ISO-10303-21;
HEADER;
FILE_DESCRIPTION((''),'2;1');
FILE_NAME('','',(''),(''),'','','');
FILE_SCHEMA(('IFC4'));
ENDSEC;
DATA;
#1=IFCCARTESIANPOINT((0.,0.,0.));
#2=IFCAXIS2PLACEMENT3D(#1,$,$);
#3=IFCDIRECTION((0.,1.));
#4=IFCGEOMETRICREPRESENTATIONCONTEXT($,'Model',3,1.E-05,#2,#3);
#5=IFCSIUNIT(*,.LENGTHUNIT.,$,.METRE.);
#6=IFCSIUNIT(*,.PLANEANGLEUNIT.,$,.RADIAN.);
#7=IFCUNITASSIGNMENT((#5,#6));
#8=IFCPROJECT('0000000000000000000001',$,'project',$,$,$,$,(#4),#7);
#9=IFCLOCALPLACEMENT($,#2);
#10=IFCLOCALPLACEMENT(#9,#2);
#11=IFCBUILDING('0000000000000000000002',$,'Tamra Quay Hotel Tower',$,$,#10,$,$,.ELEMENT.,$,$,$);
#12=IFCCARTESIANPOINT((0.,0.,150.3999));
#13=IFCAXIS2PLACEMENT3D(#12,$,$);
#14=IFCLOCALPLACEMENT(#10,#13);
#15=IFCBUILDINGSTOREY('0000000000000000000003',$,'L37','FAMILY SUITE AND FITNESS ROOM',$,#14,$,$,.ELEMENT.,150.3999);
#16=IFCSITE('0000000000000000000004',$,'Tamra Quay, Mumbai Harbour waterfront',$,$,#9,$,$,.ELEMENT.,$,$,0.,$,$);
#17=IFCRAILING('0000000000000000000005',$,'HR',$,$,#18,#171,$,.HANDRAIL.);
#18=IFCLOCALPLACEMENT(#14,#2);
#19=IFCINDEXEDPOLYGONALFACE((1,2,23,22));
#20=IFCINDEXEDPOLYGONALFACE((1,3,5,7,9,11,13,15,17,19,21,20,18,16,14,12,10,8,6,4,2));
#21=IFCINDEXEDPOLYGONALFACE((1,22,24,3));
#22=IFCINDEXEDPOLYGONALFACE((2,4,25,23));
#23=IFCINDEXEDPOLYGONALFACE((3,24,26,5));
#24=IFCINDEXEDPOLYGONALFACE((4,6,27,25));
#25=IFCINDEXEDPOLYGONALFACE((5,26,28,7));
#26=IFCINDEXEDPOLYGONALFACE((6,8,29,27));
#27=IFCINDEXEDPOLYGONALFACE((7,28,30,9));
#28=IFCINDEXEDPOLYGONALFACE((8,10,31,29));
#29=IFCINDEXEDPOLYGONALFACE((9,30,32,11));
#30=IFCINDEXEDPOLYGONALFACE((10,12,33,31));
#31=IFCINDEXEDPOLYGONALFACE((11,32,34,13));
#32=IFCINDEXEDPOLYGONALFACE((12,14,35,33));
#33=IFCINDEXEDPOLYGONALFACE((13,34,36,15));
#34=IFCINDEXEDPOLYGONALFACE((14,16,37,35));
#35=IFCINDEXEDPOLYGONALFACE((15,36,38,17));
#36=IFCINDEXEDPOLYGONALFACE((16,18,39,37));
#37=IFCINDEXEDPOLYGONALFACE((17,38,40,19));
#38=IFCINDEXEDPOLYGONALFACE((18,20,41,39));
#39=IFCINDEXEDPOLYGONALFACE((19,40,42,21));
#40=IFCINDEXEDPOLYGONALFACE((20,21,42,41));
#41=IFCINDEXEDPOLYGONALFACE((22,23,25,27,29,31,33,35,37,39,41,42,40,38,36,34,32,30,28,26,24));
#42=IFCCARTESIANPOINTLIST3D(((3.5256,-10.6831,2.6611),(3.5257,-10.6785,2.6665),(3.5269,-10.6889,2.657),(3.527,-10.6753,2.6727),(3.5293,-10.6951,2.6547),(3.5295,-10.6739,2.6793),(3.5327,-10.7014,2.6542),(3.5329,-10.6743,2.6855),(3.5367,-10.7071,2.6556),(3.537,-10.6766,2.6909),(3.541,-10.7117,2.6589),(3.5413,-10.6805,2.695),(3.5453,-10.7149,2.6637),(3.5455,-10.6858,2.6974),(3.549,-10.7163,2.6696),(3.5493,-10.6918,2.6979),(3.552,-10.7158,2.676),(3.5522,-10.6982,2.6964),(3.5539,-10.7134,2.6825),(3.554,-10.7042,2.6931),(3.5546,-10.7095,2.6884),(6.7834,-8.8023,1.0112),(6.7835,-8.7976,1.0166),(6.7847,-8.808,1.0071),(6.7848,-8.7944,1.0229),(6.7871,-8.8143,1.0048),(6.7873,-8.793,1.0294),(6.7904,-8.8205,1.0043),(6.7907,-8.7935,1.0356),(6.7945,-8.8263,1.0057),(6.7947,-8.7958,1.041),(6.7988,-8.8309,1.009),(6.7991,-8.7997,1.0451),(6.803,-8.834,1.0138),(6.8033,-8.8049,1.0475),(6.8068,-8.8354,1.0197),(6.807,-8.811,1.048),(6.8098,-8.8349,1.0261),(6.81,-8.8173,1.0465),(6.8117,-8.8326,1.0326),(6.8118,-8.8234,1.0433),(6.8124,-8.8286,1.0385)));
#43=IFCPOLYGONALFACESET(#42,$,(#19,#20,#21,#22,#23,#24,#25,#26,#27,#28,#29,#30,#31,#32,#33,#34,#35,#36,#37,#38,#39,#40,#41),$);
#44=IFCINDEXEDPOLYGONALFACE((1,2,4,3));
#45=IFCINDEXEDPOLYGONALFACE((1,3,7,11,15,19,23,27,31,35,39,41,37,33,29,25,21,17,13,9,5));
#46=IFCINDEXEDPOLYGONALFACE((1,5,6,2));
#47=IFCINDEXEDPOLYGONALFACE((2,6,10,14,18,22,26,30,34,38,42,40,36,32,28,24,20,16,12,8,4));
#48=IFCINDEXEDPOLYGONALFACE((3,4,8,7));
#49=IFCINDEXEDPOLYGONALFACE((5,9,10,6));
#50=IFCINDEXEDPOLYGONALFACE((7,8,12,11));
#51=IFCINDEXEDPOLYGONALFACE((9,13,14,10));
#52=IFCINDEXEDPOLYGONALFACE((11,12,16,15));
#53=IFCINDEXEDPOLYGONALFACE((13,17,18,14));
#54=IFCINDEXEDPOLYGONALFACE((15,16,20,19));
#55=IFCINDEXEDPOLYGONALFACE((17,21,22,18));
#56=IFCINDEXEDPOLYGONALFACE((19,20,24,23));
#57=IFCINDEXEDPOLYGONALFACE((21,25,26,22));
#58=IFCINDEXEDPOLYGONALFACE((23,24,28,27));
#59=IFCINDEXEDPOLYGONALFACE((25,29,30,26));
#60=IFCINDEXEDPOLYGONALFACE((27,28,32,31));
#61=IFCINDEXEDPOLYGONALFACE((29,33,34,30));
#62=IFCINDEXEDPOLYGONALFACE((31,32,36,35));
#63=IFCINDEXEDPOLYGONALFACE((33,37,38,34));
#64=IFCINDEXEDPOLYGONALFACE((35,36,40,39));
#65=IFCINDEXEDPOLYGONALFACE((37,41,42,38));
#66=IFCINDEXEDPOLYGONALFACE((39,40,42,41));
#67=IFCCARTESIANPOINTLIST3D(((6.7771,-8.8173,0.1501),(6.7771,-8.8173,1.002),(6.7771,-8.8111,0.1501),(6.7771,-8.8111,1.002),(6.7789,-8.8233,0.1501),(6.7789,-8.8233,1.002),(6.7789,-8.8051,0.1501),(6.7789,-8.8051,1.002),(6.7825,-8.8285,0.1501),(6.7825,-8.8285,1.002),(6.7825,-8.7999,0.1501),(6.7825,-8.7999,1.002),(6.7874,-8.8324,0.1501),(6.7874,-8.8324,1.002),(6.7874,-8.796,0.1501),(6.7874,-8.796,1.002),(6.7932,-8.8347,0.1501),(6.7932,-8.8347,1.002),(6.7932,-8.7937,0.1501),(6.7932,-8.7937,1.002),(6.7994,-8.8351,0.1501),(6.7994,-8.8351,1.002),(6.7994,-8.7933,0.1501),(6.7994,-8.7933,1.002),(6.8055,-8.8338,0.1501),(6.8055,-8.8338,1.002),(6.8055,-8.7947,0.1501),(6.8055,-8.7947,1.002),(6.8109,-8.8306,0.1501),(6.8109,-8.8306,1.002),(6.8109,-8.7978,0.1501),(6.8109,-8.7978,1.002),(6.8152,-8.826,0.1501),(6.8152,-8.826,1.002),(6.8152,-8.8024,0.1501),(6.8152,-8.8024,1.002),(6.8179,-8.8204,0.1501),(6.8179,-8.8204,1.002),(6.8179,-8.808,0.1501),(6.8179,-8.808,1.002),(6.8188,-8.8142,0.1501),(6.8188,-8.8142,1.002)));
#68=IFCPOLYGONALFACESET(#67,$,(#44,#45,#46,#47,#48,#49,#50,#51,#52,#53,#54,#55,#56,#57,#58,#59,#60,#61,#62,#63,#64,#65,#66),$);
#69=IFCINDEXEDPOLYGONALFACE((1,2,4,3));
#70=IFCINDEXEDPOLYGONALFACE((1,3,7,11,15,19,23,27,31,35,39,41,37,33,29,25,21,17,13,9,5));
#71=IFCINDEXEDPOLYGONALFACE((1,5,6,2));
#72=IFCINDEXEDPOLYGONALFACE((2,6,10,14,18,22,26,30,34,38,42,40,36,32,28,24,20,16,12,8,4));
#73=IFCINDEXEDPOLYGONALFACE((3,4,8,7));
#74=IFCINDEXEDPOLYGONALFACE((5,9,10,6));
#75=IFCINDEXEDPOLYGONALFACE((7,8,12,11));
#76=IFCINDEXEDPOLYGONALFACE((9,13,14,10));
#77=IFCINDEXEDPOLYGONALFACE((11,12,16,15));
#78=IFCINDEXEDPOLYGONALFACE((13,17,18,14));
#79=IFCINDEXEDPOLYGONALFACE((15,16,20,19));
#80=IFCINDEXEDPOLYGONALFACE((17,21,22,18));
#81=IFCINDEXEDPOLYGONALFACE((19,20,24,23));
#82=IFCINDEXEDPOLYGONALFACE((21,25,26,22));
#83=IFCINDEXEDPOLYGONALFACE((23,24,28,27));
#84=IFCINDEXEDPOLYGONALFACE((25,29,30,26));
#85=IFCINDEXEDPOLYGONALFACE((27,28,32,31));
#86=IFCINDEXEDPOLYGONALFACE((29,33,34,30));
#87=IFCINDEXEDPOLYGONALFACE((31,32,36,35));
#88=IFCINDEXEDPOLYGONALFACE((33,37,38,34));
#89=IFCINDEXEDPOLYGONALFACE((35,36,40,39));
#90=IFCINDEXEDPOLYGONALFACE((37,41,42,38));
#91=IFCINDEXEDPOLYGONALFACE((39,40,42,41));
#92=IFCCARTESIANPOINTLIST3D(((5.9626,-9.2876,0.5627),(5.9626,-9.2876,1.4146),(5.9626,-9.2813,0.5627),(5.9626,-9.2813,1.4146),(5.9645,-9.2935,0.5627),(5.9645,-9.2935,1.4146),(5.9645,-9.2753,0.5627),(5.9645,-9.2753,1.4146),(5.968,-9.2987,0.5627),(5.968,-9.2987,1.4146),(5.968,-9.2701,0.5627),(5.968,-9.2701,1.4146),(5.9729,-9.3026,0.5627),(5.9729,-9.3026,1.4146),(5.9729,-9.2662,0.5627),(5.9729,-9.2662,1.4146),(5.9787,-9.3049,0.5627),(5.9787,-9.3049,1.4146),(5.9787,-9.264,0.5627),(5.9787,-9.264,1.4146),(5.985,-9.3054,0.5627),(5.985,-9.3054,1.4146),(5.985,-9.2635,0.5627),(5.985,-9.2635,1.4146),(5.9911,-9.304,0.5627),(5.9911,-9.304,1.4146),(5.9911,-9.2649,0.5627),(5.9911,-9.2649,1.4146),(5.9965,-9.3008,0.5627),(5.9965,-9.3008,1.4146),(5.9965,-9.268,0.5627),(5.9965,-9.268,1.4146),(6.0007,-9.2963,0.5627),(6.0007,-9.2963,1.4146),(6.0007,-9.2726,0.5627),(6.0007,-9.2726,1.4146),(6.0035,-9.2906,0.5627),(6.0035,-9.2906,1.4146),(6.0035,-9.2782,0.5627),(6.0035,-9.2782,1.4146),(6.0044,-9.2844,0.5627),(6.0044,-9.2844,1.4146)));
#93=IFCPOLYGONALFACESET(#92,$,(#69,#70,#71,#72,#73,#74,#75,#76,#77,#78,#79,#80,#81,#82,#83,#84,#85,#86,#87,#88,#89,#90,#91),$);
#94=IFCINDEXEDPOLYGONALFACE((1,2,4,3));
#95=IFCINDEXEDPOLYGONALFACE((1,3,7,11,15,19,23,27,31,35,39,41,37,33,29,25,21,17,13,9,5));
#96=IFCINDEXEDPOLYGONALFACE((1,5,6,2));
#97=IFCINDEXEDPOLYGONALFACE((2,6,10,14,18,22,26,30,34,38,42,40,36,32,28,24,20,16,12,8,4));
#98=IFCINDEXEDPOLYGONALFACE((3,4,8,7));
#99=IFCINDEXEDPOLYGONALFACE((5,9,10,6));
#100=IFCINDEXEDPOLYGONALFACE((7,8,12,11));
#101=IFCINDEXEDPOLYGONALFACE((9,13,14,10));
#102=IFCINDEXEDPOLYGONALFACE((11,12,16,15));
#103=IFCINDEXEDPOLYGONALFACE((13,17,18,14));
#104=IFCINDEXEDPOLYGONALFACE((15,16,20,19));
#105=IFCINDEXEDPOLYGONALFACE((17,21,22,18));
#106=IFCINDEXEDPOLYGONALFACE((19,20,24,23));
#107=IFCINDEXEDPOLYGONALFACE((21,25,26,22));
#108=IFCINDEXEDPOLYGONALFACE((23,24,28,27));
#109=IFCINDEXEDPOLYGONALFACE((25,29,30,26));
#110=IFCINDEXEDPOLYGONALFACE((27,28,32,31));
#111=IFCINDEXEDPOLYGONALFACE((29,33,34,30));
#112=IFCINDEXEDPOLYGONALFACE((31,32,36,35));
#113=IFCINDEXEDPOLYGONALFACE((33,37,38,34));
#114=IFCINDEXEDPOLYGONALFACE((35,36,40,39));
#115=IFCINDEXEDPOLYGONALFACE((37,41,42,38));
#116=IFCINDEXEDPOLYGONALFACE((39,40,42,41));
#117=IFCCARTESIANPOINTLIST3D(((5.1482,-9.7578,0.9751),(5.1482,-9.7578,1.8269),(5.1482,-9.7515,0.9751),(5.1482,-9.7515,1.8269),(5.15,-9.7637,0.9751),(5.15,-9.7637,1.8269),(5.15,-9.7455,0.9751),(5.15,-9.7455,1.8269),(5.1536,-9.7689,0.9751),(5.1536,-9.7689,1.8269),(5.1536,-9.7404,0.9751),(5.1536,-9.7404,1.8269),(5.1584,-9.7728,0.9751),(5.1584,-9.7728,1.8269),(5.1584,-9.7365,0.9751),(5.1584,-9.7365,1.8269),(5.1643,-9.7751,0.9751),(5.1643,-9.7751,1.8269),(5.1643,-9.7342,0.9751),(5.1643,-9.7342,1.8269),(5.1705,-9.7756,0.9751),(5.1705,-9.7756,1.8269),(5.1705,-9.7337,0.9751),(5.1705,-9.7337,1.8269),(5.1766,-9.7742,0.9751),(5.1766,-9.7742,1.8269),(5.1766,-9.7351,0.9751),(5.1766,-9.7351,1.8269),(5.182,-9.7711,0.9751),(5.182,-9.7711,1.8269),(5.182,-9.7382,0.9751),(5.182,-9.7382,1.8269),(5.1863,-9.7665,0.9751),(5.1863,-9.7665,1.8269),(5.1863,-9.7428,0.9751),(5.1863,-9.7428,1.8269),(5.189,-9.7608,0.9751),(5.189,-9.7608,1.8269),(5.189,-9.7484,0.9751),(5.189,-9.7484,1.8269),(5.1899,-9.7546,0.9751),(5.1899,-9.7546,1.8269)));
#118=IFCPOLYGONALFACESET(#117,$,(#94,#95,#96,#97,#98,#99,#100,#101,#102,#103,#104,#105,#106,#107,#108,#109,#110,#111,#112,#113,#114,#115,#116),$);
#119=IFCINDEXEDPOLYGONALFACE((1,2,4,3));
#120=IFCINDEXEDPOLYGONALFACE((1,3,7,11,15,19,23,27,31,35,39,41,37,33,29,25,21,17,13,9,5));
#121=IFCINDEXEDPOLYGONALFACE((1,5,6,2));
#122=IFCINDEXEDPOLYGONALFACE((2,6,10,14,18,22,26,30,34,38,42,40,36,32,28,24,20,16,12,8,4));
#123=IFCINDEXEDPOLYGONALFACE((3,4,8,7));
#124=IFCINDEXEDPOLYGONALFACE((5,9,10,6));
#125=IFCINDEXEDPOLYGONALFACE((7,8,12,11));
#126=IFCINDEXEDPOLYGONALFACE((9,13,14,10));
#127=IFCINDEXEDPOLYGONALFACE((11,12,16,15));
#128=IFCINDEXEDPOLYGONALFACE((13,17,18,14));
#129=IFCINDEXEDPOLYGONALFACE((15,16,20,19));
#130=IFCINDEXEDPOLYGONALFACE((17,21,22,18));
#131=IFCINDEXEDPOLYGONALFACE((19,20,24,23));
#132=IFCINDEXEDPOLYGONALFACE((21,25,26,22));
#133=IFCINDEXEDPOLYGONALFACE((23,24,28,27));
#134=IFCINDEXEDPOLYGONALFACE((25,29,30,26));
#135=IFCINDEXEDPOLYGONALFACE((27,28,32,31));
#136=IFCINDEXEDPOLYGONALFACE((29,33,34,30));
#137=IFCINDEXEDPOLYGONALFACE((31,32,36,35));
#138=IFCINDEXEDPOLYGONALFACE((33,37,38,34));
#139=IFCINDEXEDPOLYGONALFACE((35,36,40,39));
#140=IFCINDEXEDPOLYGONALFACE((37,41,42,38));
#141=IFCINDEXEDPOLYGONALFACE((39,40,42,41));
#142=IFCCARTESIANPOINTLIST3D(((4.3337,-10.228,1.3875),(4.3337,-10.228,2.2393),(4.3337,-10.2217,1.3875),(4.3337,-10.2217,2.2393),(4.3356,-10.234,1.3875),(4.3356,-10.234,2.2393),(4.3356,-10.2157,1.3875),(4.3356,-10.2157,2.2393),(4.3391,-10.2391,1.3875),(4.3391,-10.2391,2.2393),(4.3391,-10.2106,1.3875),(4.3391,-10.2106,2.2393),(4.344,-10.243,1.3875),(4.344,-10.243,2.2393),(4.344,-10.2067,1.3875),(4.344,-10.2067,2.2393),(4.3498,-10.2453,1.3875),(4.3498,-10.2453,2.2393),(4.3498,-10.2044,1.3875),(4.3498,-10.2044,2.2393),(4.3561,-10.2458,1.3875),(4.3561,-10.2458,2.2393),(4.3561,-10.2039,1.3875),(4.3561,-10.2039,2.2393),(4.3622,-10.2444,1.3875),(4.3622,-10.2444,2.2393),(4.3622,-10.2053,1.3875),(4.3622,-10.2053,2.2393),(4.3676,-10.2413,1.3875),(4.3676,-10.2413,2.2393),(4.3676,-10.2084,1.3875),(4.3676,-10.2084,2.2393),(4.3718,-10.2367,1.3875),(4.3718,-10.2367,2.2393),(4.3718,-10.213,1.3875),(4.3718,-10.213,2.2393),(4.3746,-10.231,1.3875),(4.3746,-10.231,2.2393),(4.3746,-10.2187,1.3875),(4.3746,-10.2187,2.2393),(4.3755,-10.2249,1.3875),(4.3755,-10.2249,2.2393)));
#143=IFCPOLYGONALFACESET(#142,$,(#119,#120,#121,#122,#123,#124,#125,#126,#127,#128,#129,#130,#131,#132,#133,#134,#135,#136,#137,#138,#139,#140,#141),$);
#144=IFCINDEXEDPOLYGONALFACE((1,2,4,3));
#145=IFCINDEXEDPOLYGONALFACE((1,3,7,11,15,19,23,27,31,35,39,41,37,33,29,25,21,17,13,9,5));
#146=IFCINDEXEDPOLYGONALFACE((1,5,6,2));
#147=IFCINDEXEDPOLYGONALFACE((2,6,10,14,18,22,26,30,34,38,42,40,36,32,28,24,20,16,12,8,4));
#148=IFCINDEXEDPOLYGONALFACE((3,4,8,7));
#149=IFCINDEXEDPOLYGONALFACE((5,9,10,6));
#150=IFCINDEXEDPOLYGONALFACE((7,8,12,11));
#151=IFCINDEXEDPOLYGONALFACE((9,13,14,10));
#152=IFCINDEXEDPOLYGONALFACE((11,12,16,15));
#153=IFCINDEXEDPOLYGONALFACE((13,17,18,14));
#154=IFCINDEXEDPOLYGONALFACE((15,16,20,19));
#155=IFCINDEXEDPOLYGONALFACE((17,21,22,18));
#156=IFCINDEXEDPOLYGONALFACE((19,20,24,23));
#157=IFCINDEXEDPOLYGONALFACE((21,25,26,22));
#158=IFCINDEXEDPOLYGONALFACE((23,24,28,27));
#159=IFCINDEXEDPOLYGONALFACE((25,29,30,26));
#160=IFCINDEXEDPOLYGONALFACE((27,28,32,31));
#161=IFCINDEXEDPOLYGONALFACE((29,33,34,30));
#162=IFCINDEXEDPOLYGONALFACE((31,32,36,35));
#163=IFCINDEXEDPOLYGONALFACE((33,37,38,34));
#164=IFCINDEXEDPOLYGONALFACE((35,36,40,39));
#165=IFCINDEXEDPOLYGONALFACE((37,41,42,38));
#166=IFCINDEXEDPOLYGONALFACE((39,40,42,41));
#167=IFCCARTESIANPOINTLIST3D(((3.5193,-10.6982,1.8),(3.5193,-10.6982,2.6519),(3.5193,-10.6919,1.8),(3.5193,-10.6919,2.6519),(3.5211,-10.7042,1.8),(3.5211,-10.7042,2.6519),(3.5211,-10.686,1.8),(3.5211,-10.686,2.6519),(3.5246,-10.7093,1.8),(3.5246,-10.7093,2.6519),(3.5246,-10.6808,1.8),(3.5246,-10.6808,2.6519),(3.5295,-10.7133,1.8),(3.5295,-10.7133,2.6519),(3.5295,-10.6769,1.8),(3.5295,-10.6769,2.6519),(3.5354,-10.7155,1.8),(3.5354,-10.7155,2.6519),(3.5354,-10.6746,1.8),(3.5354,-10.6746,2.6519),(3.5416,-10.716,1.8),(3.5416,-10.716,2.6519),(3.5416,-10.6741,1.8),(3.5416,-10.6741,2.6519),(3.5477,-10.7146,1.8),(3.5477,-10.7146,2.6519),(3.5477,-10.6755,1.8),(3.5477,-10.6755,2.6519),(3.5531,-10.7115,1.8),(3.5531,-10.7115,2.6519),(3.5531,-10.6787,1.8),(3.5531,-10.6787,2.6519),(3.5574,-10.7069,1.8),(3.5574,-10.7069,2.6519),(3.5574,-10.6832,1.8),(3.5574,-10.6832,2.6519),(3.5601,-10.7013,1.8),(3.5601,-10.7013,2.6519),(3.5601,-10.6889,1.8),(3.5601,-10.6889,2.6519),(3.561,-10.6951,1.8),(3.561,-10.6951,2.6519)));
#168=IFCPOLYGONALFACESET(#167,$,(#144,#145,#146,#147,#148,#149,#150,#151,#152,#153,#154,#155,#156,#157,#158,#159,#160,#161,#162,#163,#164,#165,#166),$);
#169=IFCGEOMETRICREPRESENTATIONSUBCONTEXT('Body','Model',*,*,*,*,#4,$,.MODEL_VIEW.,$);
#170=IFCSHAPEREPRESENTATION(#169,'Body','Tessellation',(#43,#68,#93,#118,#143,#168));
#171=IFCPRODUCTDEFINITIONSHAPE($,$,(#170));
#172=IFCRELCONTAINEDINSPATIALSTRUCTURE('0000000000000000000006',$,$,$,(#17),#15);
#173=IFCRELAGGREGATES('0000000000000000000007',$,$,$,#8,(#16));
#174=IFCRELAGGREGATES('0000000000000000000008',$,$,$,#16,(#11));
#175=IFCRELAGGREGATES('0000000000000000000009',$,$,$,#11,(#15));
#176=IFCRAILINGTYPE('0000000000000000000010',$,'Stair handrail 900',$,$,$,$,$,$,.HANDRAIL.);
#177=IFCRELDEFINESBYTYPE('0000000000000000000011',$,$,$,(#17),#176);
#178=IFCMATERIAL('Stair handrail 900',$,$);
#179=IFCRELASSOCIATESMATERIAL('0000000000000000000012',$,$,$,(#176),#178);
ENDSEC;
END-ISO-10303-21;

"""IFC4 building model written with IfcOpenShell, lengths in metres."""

from ifc_helpers import new_model, si_unit, direction, frame, origin, origin_2d, place, context, subcontext, project, spatial, circle, extrude, material, type_object, element, save


model = new_model("IFC4")

# Units and contexts
model_context = context("Model", 3, precision=1e-05, world=origin(), true_north=direction((0.0, 1.0)))
body_context = subcontext(model_context, "Body", "Model", "MODEL_VIEW")
ifc_project = project(units=[si_unit("LENGTHUNIT", "METRE"), si_unit("PLANEANGLEUNIT", "RADIAN")], contexts=[model_context])

# Site, building, storey
site_placement = place(None, origin())
site = spatial("IfcSite", under=ifc_project, at=site_placement, Name="Tamra Quay, Mumbai Harbour waterfront", CompositionType="ELEMENT", RefElevation=0.0)
building_placement = place(site_placement, origin())
building = spatial("IfcBuilding", under=site, at=building_placement, Name="Tamra Quay Hotel Tower", CompositionType="ELEMENT")
storey_placement = place(building_placement, frame((0.0, 0.0, 150.3999)))
storey = spatial("IfcBuildingStorey", under=building, at=storey_placement, Name="L37", Description="FAMILY SUITE AND FITNESS ROOM", CompositionType="ELEMENT", Elevation=150.3999)

# Railing
ifc_material_1 = material(Name="Stair handrail 900")
railing_type_1 = type_object("IfcRailingType", Name="Stair handrail 900", PredefinedType="HANDRAIL", material=ifc_material_1)
railing_1_placement = place(storey_placement, frame((6.7979, -8.8142, 0.1501)))
element("IfcRailing", 1, at=railing_1_placement, inside=storey, type_object=railing_type_1, Name="HR", PredefinedType="HANDRAIL", context=body_context, shape_type="SweptSolid", body=[
    extrude(circle(Radius=0.0239, at=origin_2d()), frame((0.0, 0.0, 0.876), z_axis=(-0.7931, -0.457887, 0.401661), x_axis=(0.499992, -0.86603, 0.0)), (0.0, 0.0, 1.0), 4.1077),
    extrude(circle(Radius=0.021, at=origin_2d()), origin(), (0.0, 0.0, 1.0), 0.8518),
    extrude(circle(Radius=0.021, at=origin_2d()), frame((-0.8145, -0.4702, 0.4126)), (0.0, 0.0, 1.0), 0.8518),
    extrude(circle(Radius=0.021, at=origin_2d()), frame((-1.6289, -0.9404, 0.825)), (0.0, 0.0, 1.0), 0.8518),
    extrude(circle(Radius=0.021, at=origin_2d()), frame((-2.4434, -1.4106, 1.2373)), (0.0, 0.0, 1.0), 0.8518),
    extrude(circle(Radius=0.021, at=origin_2d()), frame((-3.2578, -1.8809, 1.6499)), (0.0, 0.0, 1.0), 0.8518),
])

save(model, "model.ifc")
